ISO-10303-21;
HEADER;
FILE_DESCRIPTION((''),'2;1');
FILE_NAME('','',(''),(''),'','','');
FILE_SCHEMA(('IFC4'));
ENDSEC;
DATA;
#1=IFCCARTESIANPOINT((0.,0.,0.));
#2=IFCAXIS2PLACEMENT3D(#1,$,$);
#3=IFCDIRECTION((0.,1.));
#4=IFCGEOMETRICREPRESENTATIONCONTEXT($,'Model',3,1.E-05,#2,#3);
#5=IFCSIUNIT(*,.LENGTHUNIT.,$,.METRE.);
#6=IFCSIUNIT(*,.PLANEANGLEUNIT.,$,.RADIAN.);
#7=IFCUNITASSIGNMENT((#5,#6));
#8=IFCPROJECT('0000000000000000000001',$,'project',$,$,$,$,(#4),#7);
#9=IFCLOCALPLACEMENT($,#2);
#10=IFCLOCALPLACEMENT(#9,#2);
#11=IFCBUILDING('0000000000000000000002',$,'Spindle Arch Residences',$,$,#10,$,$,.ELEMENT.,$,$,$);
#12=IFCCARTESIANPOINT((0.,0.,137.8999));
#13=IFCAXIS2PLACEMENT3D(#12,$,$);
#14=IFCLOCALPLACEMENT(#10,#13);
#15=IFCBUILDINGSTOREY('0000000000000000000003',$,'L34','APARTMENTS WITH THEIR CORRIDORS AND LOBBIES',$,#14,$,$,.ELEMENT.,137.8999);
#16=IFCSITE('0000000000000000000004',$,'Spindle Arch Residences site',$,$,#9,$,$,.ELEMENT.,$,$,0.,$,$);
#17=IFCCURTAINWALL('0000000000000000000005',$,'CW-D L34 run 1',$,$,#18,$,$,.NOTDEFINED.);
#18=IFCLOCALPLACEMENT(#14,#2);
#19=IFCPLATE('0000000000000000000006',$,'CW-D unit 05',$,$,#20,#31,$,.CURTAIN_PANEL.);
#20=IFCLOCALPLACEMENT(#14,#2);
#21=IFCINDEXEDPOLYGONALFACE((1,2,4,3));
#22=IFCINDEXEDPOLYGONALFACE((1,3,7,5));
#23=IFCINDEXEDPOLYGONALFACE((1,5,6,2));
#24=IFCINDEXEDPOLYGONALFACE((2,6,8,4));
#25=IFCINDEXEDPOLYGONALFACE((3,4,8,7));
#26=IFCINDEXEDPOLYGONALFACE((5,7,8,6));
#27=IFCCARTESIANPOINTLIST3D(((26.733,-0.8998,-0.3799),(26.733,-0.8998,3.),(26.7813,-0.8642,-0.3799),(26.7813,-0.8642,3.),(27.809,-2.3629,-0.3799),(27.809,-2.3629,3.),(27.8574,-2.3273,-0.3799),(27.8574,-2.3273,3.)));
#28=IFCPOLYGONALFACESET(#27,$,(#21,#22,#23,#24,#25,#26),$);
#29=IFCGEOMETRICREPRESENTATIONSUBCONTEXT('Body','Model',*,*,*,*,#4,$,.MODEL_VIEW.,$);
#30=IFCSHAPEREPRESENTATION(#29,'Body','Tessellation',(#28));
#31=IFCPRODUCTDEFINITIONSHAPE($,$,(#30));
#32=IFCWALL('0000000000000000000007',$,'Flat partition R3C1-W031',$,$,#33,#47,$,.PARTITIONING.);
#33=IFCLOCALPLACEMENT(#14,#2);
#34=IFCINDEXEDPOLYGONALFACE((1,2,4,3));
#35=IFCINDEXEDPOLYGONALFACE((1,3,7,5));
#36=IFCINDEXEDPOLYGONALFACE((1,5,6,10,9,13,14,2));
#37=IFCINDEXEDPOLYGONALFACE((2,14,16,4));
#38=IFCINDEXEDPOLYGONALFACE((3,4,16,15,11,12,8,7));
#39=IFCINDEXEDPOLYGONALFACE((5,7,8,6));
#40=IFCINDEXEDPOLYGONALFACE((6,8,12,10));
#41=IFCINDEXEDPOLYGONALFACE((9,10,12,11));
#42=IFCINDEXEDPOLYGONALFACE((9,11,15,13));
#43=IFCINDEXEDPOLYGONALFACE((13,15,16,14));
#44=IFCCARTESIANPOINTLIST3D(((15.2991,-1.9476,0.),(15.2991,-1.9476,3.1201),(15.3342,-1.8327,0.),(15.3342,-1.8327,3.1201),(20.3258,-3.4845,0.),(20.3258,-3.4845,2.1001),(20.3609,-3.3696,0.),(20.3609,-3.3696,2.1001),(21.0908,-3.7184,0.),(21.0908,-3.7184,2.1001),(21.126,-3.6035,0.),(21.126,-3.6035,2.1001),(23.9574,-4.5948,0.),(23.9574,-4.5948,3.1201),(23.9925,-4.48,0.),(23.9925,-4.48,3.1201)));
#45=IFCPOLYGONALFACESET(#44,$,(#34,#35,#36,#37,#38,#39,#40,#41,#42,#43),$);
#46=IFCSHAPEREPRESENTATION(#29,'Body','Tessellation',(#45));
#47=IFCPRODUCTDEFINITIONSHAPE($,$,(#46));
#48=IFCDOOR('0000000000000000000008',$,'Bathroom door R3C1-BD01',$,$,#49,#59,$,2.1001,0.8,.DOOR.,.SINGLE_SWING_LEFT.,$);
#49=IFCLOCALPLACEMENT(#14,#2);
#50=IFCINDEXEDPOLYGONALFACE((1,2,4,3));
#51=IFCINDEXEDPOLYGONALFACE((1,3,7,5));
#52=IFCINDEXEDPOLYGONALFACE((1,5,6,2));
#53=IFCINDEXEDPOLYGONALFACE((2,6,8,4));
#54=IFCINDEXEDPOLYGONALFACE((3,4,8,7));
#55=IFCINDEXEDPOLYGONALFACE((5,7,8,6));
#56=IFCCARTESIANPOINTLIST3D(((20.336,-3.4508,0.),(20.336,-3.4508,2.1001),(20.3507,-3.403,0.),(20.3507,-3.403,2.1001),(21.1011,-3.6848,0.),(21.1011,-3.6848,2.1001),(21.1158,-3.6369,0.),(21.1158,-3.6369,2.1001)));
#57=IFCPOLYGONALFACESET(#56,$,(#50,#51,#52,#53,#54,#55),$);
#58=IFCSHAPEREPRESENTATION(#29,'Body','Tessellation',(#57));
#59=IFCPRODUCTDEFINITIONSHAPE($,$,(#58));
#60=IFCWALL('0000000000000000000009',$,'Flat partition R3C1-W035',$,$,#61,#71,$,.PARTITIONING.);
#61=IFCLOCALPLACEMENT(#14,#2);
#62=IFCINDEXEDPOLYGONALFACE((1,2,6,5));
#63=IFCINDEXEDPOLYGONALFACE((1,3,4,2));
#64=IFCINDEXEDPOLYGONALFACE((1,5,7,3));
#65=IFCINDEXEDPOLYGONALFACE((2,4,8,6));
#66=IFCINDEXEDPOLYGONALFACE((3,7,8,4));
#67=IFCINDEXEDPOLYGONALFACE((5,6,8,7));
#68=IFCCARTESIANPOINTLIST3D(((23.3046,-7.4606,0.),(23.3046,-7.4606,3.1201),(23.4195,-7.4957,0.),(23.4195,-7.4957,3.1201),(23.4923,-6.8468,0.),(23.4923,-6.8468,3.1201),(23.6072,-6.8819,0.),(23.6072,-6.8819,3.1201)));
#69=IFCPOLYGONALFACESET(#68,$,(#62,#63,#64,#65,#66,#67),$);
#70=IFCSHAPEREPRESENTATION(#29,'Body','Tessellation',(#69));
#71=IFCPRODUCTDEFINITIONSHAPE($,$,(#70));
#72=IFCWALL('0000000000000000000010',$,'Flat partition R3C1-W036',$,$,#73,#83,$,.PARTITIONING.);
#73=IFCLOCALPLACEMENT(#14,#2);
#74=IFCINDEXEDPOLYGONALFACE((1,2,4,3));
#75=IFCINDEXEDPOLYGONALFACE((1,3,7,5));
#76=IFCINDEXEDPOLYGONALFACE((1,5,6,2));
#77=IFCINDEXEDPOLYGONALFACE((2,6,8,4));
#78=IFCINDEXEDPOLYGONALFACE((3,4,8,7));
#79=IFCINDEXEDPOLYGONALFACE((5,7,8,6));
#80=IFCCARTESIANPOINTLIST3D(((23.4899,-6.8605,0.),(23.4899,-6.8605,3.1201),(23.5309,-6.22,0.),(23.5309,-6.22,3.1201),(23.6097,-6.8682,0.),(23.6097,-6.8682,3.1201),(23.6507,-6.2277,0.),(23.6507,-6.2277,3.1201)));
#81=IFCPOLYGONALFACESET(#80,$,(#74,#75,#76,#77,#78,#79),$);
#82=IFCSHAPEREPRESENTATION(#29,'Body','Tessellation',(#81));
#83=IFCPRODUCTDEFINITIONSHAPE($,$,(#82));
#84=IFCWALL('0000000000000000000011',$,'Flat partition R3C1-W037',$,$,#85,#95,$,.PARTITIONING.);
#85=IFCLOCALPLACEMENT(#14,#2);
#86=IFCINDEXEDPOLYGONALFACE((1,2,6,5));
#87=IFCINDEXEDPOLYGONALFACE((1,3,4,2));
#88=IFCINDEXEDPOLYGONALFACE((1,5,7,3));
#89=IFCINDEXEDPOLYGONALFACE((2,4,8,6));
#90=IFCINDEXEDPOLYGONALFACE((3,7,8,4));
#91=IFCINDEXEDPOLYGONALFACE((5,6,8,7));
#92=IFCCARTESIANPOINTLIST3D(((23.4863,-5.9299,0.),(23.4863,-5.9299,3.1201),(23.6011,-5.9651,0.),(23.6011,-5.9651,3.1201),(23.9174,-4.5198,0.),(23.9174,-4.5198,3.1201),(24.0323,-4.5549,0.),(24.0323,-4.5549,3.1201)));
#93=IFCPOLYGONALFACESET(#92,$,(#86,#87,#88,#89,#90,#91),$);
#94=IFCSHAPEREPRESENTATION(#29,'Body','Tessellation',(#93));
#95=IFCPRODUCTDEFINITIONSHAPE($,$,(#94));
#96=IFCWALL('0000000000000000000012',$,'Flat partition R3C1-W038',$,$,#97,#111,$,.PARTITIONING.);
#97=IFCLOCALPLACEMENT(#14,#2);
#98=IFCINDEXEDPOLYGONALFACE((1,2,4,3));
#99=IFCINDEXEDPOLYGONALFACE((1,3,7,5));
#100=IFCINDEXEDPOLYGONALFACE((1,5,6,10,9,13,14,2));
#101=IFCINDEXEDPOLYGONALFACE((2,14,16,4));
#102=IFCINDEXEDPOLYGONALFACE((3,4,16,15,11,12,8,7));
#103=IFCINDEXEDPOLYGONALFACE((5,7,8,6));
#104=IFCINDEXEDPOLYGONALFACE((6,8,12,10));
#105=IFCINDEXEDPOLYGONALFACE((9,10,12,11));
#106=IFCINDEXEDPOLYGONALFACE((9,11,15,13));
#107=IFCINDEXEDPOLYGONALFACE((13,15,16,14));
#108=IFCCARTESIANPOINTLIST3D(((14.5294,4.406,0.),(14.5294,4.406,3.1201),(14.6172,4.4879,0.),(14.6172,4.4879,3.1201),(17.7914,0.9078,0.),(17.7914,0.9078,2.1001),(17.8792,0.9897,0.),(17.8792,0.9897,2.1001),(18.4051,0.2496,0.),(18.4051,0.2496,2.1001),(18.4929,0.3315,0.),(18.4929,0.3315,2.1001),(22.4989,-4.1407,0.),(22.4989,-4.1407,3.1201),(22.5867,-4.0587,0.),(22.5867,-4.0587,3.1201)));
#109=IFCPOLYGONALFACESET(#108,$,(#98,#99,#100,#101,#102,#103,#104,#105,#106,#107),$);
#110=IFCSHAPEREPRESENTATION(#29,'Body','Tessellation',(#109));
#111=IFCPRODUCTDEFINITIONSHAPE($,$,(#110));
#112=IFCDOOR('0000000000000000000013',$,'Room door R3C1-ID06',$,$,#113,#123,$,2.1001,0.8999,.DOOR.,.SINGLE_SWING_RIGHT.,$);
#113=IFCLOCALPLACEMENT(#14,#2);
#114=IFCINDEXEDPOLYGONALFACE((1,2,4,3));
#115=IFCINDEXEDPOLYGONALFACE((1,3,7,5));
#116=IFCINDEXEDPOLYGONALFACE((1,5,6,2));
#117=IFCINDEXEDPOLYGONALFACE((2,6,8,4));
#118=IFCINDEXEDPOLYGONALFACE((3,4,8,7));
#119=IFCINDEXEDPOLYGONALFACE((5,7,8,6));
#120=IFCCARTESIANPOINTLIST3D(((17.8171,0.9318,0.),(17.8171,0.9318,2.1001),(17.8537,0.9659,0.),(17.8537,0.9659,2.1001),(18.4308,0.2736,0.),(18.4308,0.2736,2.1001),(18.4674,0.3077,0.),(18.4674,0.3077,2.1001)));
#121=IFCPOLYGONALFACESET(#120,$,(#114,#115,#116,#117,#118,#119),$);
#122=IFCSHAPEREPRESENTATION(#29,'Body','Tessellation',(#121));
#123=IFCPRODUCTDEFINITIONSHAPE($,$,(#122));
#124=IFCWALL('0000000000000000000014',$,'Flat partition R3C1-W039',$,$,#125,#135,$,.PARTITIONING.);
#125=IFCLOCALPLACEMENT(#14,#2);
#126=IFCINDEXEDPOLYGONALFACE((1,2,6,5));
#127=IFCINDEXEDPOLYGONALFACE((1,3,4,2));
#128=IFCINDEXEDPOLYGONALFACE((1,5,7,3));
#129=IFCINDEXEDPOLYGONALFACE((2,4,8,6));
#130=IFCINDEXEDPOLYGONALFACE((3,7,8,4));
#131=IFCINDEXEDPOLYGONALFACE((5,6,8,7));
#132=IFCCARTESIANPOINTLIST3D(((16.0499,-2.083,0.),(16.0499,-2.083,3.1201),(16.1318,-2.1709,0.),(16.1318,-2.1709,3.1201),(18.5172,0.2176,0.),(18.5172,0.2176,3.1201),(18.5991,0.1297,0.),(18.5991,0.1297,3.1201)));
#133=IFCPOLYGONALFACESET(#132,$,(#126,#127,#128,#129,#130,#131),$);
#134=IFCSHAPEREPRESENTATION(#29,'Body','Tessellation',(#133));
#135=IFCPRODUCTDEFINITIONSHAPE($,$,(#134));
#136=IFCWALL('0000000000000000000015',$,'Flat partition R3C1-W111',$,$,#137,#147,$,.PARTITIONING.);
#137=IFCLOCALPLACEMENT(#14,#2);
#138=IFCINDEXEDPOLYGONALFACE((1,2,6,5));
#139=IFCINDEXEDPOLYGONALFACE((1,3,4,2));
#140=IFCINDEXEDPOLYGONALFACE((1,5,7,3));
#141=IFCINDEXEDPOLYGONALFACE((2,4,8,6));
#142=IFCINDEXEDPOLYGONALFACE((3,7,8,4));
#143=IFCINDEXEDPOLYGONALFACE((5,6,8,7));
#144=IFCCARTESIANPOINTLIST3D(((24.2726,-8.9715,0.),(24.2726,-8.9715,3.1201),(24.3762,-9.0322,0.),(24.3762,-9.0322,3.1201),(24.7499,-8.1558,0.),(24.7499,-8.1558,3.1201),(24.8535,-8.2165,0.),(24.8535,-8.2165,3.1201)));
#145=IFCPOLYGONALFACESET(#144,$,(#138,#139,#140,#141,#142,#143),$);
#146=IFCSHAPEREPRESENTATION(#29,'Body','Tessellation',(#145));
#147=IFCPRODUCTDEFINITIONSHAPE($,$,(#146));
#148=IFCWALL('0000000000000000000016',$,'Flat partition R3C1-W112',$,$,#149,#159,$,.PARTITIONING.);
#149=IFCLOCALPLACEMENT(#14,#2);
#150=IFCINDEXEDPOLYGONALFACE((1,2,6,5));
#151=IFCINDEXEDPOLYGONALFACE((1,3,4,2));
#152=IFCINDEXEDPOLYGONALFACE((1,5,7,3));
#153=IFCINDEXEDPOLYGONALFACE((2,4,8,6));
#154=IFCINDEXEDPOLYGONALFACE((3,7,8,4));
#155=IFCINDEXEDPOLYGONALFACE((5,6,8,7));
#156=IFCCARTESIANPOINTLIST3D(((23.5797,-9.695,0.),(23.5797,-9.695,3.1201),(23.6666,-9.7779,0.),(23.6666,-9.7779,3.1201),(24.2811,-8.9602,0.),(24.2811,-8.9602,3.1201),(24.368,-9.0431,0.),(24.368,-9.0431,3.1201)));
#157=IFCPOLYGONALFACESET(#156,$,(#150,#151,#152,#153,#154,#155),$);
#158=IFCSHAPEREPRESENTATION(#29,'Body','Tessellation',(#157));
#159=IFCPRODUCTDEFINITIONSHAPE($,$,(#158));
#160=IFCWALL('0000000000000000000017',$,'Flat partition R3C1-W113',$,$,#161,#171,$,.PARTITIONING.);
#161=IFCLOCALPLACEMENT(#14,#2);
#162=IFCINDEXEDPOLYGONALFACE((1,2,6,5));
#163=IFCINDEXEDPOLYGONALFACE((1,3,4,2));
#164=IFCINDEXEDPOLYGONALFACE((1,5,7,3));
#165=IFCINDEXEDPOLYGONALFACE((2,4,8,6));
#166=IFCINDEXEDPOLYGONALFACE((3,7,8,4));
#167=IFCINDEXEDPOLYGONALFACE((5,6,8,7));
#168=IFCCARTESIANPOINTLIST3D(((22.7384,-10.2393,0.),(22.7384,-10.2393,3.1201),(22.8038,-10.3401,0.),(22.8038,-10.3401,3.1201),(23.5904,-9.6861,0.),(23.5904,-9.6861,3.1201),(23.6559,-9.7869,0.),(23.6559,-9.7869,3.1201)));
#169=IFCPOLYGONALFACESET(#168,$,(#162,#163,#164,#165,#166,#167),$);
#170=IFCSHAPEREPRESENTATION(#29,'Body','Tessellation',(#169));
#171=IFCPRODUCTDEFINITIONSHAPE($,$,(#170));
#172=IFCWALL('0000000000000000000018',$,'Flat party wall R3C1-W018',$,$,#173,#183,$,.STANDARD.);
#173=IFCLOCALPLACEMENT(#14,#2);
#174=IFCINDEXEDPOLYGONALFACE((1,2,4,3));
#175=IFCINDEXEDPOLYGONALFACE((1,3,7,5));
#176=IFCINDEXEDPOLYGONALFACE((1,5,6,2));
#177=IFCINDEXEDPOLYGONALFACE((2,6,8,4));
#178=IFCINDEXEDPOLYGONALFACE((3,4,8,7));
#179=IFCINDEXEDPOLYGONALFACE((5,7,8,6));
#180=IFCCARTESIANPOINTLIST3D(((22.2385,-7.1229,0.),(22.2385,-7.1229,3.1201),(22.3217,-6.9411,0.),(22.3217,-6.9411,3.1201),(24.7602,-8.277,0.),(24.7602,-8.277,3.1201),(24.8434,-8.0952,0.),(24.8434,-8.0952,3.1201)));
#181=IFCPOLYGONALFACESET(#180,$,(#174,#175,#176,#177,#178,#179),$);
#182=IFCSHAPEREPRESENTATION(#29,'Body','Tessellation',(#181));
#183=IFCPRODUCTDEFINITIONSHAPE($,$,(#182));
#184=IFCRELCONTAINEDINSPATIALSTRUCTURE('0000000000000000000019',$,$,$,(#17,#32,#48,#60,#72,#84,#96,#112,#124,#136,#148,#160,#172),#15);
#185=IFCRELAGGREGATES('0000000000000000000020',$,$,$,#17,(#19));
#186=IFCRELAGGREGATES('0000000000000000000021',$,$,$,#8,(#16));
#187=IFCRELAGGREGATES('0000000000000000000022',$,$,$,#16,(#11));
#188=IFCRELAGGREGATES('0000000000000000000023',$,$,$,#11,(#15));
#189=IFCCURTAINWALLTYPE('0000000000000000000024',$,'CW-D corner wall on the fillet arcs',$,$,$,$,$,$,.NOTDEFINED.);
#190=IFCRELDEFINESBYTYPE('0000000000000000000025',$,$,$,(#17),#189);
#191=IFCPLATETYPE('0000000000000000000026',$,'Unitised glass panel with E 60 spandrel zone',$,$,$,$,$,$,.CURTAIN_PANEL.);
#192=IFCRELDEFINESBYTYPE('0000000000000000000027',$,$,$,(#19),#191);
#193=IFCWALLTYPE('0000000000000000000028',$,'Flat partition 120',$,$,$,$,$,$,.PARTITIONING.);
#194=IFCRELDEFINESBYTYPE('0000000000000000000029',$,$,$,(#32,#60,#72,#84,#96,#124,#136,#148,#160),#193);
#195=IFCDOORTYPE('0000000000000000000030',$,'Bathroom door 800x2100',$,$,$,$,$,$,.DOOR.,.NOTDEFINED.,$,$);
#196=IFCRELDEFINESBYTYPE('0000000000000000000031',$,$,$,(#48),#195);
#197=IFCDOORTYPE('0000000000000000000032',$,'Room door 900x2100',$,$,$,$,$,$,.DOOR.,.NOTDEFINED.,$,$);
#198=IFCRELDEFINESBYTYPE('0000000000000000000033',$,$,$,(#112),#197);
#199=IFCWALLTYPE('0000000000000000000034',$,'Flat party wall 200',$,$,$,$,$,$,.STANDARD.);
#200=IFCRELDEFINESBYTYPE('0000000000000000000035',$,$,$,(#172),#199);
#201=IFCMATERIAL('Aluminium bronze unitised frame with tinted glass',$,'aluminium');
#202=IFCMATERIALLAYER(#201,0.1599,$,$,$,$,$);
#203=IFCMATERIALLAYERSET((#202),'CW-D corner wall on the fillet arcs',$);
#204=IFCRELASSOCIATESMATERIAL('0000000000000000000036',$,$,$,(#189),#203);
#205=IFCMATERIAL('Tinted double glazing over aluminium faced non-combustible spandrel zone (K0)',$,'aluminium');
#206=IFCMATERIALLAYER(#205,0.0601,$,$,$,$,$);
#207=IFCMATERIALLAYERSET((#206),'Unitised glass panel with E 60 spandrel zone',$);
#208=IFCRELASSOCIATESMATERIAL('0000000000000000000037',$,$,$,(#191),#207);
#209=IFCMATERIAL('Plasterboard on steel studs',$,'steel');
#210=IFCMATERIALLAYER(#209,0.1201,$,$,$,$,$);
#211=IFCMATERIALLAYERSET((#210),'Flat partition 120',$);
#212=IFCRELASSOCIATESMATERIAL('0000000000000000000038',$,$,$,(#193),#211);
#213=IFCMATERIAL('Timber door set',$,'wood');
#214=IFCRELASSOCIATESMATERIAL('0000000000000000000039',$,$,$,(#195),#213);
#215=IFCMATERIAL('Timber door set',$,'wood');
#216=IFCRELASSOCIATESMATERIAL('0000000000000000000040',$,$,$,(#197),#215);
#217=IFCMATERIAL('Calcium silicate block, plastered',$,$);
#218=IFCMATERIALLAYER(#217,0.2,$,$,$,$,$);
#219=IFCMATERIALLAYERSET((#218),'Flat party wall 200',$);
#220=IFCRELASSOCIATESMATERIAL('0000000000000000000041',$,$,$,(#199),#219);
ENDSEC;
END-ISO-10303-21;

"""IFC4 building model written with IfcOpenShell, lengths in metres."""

from ifc_helpers import new_model, si_unit, direction, frame, frame_2d, origin, origin_2d, place, context, subcontext, project, spatial, rectangle, extrude, material, layer, layer_set, type_object, element, fill, aggregate, save


model = new_model("IFC4")

# Units and contexts
model_context = context("Model", 3, precision=1e-05, world=origin(), true_north=direction((0.0, 1.0)))
body_context = subcontext(model_context, "Body", "Model", "MODEL_VIEW")
ifc_project = project(units=[si_unit("LENGTHUNIT", "METRE"), si_unit("PLANEANGLEUNIT", "RADIAN")], contexts=[model_context])

# Site, building, storey
site_placement = place(None, origin())
site = spatial("IfcSite", under=ifc_project, at=site_placement, Name="Spindle Arch Residences site", CompositionType="ELEMENT", RefElevation=0.0)
building_placement = place(site_placement, origin())
building = spatial("IfcBuilding", under=site, at=building_placement, Name="Spindle Arch Residences", CompositionType="ELEMENT")
storey_placement = place(building_placement, frame((0.0, 0.0, 137.8999)))
storey = spatial("IfcBuildingStorey", under=building, at=storey_placement, Name="L34", Description="APARTMENTS WITH THEIR CORRIDORS AND LOBBIES", CompositionType="ELEMENT", Elevation=137.8999)

# Curtain wall
ifc_material_1 = material(Name="Aluminium bronze unitised frame with tinted glass", Category="aluminium")
ifc_layer_1 = layer(ifc_material_1, 0.1599)
ifc_layer_set_1 = layer_set([ifc_layer_1], Name="CW-D corner wall on the fillet arcs")
curtain_wall_type = type_object("IfcCurtainWallType", Name="CW-D corner wall on the fillet arcs", PredefinedType="NOTDEFINED", material=ifc_layer_set_1)
curtain_wall_placement = place(storey_placement, origin())
curtain_wall = element("IfcCurtainWall", 1, at=curtain_wall_placement, inside=storey, type_object=curtain_wall_type, Name="CW-D L34 run 1", PredefinedType="NOTDEFINED")

# Plate
ifc_material_2 = material(Name="Tinted double glazing over aluminium faced non-combustible spandrel zone (K0)", Category="aluminium")
ifc_layer_2 = layer(ifc_material_2, 0.0601)
ifc_layer_set_2 = layer_set([ifc_layer_2], Name="Unitised glass panel with E 60 spandrel zone")
plate_type = type_object("IfcPlateType", Name="Unitised glass panel with E 60 spandrel zone", PredefinedType="CURTAIN_PANEL", material=ifc_layer_set_2)
plate_1_placement = place(storey_placement, frame((27.2952, -1.6135, -0.3799), z_axis=(0.0, 0.0, 1.0), x_axis=(-0.592482, 0.805584, 0.0)))
plate_1 = element("IfcPlate", 2, at=plate_1_placement, type_object=plate_type, Name="CW-D unit 05", PredefinedType="CURTAIN_PANEL", context=body_context, shape_type="SweptSolid", body=[
    extrude(rectangle(XDim=1.8162, YDim=0.0601, at=origin_2d()), origin(), (0.0, 0.0, 1.0), 3.3799),
])
aggregate(curtain_wall, [plate_1])

# Wall, opening, door
ifc_material_3 = material(Name="Plasterboard on steel studs", Category="steel")
ifc_layer_3 = layer(ifc_material_3, 0.1201)
ifc_layer_set_3 = layer_set([ifc_layer_3], Name="Flat partition 120")
wall_type_1 = type_object("IfcWallType", Name="Flat partition 120", PredefinedType="PARTITIONING", material=ifc_layer_set_3)
wall_1_placement = place(storey_placement, frame((23.9749, -4.5374, 0.0), z_axis=(0.0, 0.0, 1.0), x_axis=(-0.9563, 0.292386, 0.0)))
wall_1 = element("IfcWall", 3, at=wall_1_placement, inside=storey, type_object=wall_type_1, Name="Flat partition R3C1-W031", PredefinedType="PARTITIONING", context=body_context, shape_type="SweptSolid", body=[
    extrude(rectangle(XDim=9.054, YDim=0.1201, at=frame_2d((4.5269, 0.0))), origin(), (0.0, 0.0, 1.0), 3.1201),
])
opening_1_placement = place(wall_1_placement, frame((2.9976, 0.0, 0.0)))
opening_1 = element("IfcOpeningElement", 4, at=opening_1_placement, cuts=wall_1, PredefinedType="OPENING", context=body_context, shape_type="SweptSolid", body=[
    extrude(rectangle(XDim=0.8, YDim=2.1001, at=frame_2d((0.3999, 1.05))), frame((0.0, 0.0701, 0.0), z_axis=(0.0, -1.0, 0.0), x_axis=(1.0, 0.0, 0.0)), (0.0, 0.0, 1.0), 0.1401),
])
ifc_material_4 = material(Name="Timber door set", Category="wood")
door_type_1 = type_object("IfcDoorType", Name="Bathroom door 800x2100", OperationType="NOTDEFINED", PredefinedType="DOOR", material=ifc_material_4)
door_1_placement = place(opening_1_placement, origin())
door_1 = element("IfcDoor", 5, at=door_1_placement, inside=storey, type_object=door_type_1, Name="Bathroom door R3C1-BD01", OperationType="SINGLE_SWING_LEFT", OverallHeight=2.1001, OverallWidth=0.8, PredefinedType="DOOR", context=body_context, shape_type="SweptSolid", body=[
    extrude(rectangle(XDim=0.8, YDim=2.1001, at=frame_2d((0.3999, 1.05))), frame((0.0, 0.0249, 0.0), z_axis=(0.0, -1.0, 0.0), x_axis=(1.0, 0.0, 0.0)), (0.0, 0.0, 1.0), 0.05),
])
fill(opening_1, door_1)

# Walls
for number, where, z_axis, x_axis, name in (
    (6, (23.3621, -7.478, 0.0), (0.0, 0.0, 1.0), (0.292508, 0.956263, 0.0), "Flat partition R3C1-W035"),
    (7, (23.5498, -6.8643, 0.0), (0.0, 0.0, 1.0), (0.063894, 0.997957, 0.0), "Flat partition R3C1-W036"),
):
    element("IfcWall", number, at=place(storey_placement, frame(where, z_axis=z_axis, x_axis=x_axis)), inside=storey, type_object=wall_type_1, Name=name, PredefinedType="PARTITIONING", context=body_context, shape_type="SweptSolid", body=[
        extrude(rectangle(XDim=0.6418, YDim=0.1201, at=frame_2d((0.3208, 0.0))), origin(), (0.0, 0.0, 1.0), 3.1201),
    ])
wall_2_placement = place(storey_placement, frame((23.5437, -5.9475, 0.0), z_axis=(0.0, 0.0, 1.0), x_axis=(0.292387, 0.9563, 0.0)))
element("IfcWall", 8, at=wall_2_placement, inside=storey, type_object=wall_type_1, Name="Flat partition R3C1-W037", PredefinedType="PARTITIONING", context=body_context, shape_type="SweptSolid", body=[
    extrude(rectangle(XDim=1.4746, YDim=0.1201, at=frame_2d((0.7373, 0.0))), origin(), (0.0, 0.0, 1.0), 3.1201),
])

# Wall, opening, door
wall_3_placement = place(storey_placement, frame((22.5427, -4.0996, 0.0), z_axis=(0.0, 0.0, 1.0), x_axis=(-0.681981, 0.73137, 0.0)))
wall_3 = element("IfcWall", 9, at=wall_3_placement, inside=storey, type_object=wall_type_1, Name="Flat partition R3C1-W038", PredefinedType="PARTITIONING", context=body_context, shape_type="SweptSolid", body=[
    extrude(rectangle(XDim=11.6858, YDim=0.1201, at=frame_2d((5.8428, 0.0))), origin(), (0.0, 0.0, 1.0), 3.1201),
])
opening_2_placement = place(wall_3_placement, frame((6.0027, 0.0, 0.0)))
opening_2 = element("IfcOpeningElement", 10, at=opening_2_placement, cuts=wall_3, PredefinedType="OPENING", context=body_context, shape_type="SweptSolid", body=[
    extrude(rectangle(XDim=0.8999, YDim=2.1001, at=frame_2d((0.45, 1.05))), frame((0.0, 0.0701, 0.0), z_axis=(0.0, -1.0, 0.0), x_axis=(1.0, 0.0, 0.0)), (0.0, 0.0, 1.0), 0.1401),
])
ifc_material_5 = material(Name="Timber door set", Category="wood")
door_type_2 = type_object("IfcDoorType", Name="Room door 900x2100", OperationType="NOTDEFINED", PredefinedType="DOOR", material=ifc_material_5)
door_2_placement = place(opening_2_placement, origin())
door_2 = element("IfcDoor", 11, at=door_2_placement, inside=storey, type_object=door_type_2, Name="Room door R3C1-ID06", OperationType="SINGLE_SWING_RIGHT", OverallHeight=2.1001, OverallWidth=0.8999, PredefinedType="DOOR", context=body_context, shape_type="SweptSolid", body=[
    extrude(rectangle(XDim=0.8999, YDim=2.1001, at=frame_2d((0.45, 1.05))), frame((0.0, 0.0249, 0.0), z_axis=(0.0, -1.0, 0.0), x_axis=(1.0, 0.0, 0.0)), (0.0, 0.0, 1.0), 0.05),
])
fill(opening_2, door_2)

# Walls
wall_4_placement = place(storey_placement, frame((16.0908, -2.127, 0.0), z_axis=(0.0, 0.0, 1.0), x_axis=(0.73139, 0.68196, 0.0)))
element("IfcWall", 12, at=wall_4_placement, inside=storey, type_object=wall_type_1, Name="Flat partition R3C1-W039", PredefinedType="PARTITIONING", context=body_context, shape_type="SweptSolid", body=[
    extrude(rectangle(XDim=3.3735, YDim=0.1201, at=frame_2d((1.6868, 0.0))), origin(), (0.0, 0.0, 1.0), 3.1201),
])
wall_5_placement = place(storey_placement, frame((24.8018, -8.186, 0.0), z_axis=(0.0, 0.0, 1.0), x_axis=(-0.505043, -0.863094, 0.0)))
element("IfcWall", 13, at=wall_5_placement, inside=storey, type_object=wall_type_1, Name="Flat partition R3C1-W111", PredefinedType="PARTITIONING", context=body_context, shape_type="SweptSolid", body=[
    extrude(rectangle(XDim=0.9451, YDim=0.1201, at=frame_2d((0.4727, 0.0))), origin(), (0.0, 0.0, 1.0), 3.1201),
])
for number, where, z_axis, x_axis, name in (
    (14, (24.3245, -9.0017, 0.0), (0.0, 0.0, 1.0), (-0.690453, -0.723377, 0.0), "Flat partition R3C1-W112"),
    (15, (23.623, -9.7366, 0.0), (0.0, 0.0, 1.0), (-0.838718, -0.544566, 0.0), "Flat partition R3C1-W113"),
):
    element("IfcWall", number, at=place(storey_placement, frame(where, z_axis=z_axis, x_axis=x_axis)), inside=storey, type_object=wall_type_1, Name=name, PredefinedType="PARTITIONING", context=body_context, shape_type="SweptSolid", body=[
        extrude(rectangle(XDim=1.0159, YDim=0.1201, at=frame_2d((0.5078, 0.0))), origin(), (0.0, 0.0, 1.0), 3.1201),
    ])
ifc_material_6 = material(Name="Calcium silicate block, plastered")
ifc_layer_4 = layer(ifc_material_6, 0.2)
ifc_layer_set_4 = layer_set([ifc_layer_4], Name="Flat party wall 200")
wall_type_2 = type_object("IfcWallType", Name="Flat party wall 200", PredefinedType="STANDARD", material=ifc_layer_set_4)
wall_6_placement = place(storey_placement, frame((22.28, -7.032, 0.0), z_axis=(0.0, 0.0, 1.0), x_axis=(0.909302, -0.416136, 0.0)))
element("IfcWall", 16, at=wall_6_placement, inside=storey, type_object=wall_type_2, Name="Flat party wall R3C1-W018", PredefinedType="STANDARD", context=body_context, shape_type="SweptSolid", body=[
    extrude(rectangle(XDim=2.7732, YDim=0.2, at=frame_2d((1.3867, 0.0))), origin(), (0.0, 0.0, 1.0), 3.1201),
])

save(model, "model.ifc")
